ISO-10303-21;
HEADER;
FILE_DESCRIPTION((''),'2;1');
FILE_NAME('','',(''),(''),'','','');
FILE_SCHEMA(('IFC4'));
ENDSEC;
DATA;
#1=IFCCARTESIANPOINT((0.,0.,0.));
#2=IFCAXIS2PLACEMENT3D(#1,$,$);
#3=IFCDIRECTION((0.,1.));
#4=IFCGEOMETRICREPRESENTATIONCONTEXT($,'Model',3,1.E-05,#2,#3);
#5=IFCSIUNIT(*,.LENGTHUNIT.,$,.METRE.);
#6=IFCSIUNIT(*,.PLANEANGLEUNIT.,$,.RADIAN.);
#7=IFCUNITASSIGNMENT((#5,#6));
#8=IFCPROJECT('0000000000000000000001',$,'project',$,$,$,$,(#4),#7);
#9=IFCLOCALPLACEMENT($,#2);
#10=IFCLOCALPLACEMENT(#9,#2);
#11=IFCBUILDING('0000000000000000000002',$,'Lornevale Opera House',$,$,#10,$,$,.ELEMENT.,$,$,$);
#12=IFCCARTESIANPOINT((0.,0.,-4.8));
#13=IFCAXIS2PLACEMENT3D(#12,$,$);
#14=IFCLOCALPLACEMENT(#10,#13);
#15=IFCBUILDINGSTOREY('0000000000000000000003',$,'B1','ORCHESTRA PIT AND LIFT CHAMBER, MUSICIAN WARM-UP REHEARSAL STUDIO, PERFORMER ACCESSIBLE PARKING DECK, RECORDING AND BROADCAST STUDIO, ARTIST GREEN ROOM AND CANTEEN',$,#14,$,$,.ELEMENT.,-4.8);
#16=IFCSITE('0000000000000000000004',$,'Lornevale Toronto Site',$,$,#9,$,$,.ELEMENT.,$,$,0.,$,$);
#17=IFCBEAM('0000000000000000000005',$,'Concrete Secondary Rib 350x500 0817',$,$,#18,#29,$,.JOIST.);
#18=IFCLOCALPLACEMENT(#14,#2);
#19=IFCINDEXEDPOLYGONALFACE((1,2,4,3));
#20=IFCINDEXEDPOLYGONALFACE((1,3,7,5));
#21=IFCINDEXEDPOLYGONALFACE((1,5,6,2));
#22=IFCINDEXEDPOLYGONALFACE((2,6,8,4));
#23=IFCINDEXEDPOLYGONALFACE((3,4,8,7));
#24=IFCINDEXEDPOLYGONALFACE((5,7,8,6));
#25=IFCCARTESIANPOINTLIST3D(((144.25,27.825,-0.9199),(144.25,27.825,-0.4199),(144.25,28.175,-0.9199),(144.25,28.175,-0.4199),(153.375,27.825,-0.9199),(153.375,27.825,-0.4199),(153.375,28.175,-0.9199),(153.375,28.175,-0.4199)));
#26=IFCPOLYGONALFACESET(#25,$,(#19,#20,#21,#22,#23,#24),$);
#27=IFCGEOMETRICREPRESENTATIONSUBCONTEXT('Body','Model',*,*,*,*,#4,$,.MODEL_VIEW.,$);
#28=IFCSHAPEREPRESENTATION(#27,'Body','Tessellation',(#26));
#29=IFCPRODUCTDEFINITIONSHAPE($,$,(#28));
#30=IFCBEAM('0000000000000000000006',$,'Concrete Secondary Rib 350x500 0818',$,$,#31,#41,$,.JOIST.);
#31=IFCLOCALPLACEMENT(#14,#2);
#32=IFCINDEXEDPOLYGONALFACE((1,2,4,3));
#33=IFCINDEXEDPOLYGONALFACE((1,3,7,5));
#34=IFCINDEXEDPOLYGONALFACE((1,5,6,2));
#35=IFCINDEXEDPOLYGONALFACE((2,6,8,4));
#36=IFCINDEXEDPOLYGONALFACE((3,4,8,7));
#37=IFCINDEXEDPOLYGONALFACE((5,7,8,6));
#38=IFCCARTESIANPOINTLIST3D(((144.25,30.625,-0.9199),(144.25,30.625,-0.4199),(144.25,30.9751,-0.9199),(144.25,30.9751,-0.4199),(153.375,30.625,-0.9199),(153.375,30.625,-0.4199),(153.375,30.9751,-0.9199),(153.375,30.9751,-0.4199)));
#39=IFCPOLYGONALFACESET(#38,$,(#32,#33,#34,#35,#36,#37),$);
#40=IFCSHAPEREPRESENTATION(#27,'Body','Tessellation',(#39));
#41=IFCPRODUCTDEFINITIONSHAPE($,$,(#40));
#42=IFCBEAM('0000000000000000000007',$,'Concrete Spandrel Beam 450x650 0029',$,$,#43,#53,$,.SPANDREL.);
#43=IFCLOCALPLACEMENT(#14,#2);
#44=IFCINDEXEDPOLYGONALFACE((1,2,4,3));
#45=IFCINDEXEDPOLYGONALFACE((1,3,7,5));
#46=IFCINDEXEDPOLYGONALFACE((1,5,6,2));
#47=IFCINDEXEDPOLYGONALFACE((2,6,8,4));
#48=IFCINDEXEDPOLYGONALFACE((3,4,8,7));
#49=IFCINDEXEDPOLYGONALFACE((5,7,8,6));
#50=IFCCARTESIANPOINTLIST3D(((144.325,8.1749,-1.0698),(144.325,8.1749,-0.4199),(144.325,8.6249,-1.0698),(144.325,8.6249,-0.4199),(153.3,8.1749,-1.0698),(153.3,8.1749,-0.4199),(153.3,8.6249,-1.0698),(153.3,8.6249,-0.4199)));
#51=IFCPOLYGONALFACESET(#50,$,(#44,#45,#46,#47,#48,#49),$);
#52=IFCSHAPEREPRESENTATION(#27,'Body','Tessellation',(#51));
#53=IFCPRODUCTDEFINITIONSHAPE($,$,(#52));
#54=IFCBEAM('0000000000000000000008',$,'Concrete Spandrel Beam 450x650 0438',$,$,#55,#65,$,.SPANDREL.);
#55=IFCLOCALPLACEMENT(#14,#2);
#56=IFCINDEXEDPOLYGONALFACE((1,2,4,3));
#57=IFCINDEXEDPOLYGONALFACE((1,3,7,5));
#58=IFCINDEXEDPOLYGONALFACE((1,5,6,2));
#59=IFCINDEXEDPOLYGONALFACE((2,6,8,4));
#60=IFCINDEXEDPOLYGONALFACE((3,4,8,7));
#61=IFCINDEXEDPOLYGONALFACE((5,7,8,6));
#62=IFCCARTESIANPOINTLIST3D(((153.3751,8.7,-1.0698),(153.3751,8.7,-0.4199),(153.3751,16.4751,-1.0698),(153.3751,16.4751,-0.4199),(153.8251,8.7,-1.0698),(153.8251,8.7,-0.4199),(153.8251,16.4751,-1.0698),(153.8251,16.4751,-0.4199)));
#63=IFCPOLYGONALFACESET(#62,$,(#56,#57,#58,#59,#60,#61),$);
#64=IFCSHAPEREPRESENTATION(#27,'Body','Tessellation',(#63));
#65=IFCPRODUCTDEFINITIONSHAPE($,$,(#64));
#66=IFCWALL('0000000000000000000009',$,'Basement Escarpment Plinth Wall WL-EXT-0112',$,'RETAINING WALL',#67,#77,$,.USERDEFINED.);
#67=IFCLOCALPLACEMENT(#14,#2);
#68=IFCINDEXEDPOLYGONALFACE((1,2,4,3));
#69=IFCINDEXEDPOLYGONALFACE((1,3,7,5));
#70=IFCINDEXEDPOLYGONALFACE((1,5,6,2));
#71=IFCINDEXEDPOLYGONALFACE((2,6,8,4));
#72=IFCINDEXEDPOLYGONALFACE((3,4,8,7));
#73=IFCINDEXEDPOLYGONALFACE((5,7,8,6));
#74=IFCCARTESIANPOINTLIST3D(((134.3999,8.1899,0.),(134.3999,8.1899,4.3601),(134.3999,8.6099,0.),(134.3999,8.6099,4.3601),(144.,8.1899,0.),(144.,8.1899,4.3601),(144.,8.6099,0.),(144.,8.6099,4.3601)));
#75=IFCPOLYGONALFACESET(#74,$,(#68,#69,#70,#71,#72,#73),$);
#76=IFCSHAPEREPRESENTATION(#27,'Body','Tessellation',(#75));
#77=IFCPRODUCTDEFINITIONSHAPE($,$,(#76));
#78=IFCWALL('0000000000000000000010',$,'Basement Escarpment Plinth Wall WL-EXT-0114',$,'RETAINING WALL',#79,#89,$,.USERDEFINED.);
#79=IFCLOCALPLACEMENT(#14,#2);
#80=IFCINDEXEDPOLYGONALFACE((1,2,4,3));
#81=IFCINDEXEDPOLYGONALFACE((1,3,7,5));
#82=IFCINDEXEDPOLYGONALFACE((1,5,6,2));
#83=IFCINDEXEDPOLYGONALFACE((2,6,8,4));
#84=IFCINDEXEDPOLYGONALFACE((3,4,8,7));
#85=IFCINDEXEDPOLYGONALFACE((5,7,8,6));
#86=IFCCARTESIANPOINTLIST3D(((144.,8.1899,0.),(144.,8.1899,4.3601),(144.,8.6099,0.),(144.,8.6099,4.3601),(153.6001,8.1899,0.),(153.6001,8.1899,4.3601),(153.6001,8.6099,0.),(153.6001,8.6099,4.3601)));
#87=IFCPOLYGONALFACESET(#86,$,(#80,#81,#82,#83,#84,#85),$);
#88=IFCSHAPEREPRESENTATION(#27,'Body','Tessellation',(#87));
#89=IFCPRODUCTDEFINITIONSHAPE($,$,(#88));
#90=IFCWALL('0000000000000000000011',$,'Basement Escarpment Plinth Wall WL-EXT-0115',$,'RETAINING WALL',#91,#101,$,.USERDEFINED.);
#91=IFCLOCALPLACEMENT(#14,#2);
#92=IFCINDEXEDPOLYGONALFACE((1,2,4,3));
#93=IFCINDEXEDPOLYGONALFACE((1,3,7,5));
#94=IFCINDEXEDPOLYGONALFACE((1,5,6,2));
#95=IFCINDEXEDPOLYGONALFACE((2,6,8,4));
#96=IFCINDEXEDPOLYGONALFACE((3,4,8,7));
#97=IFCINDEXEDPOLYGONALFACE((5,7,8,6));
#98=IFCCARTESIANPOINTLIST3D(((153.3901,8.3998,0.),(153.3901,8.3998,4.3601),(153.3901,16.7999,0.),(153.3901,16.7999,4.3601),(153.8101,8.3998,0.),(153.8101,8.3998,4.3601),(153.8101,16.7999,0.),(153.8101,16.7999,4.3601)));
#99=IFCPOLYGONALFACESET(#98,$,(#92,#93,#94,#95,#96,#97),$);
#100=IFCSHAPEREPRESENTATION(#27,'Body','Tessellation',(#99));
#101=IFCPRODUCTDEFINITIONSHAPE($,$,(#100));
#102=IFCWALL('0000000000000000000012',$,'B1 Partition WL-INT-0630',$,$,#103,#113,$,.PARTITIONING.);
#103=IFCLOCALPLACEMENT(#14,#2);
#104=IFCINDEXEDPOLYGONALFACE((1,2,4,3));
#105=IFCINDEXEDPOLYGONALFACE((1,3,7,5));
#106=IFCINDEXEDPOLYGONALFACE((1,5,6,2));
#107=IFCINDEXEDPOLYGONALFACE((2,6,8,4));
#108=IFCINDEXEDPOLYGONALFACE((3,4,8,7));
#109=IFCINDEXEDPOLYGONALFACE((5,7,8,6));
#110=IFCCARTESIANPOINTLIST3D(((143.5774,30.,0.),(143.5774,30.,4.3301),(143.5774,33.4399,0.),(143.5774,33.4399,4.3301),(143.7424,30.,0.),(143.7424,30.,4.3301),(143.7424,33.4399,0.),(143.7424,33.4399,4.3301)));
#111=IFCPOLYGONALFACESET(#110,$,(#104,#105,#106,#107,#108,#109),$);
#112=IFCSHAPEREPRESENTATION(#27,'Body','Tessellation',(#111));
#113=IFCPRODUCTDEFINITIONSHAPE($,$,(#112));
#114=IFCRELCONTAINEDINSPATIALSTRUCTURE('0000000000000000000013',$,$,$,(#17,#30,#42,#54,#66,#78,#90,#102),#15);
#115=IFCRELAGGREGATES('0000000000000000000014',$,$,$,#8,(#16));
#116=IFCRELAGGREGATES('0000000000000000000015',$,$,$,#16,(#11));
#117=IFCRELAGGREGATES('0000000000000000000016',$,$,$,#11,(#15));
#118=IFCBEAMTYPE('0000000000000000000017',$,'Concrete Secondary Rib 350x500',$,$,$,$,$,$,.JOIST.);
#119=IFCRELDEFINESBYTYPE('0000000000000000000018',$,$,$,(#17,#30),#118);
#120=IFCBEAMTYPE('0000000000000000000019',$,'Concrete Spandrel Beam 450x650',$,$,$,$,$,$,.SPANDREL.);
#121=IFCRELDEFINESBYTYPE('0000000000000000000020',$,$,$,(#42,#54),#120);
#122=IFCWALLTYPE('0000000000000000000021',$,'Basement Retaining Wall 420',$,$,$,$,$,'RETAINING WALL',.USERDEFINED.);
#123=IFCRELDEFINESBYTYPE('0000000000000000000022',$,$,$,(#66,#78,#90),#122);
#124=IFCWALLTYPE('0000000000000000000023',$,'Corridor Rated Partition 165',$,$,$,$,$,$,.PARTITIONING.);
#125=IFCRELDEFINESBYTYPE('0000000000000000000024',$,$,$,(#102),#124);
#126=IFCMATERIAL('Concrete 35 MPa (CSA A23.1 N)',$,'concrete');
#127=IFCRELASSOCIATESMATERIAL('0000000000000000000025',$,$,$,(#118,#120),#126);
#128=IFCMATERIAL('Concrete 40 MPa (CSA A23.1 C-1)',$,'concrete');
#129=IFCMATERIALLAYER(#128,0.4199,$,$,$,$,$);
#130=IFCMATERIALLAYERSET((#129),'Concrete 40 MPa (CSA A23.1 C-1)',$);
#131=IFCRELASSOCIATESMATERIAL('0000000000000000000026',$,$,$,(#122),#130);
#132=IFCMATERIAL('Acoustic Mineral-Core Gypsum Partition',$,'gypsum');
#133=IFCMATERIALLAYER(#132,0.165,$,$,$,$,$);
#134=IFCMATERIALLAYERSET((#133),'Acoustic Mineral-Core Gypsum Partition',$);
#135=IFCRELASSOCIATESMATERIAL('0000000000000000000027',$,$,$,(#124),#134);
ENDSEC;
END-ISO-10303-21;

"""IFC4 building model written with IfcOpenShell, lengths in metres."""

from ifc_helpers import new_model, si_unit, direction, frame, frame_2d, origin, origin_2d, place, context, subcontext, project, spatial, rectangle, extrude, material, layer, layer_set, material_profile, profile_set, type_object, element, save


model = new_model("IFC4")

# Units and contexts
model_context = context("Model", 3, precision=1e-05, world=origin(), true_north=direction((0.0, 1.0)))
body_context = subcontext(model_context, "Body", "Model", "MODEL_VIEW")
ifc_project = project(units=[si_unit("LENGTHUNIT", "METRE"), si_unit("PLANEANGLEUNIT", "RADIAN")], contexts=[model_context])

# Site, building, storey
site_placement = place(None, origin())
site = spatial("IfcSite", under=ifc_project, at=site_placement, Name="Lornevale Toronto Site", CompositionType="ELEMENT", RefElevation=0.0)
building_placement = place(site_placement, origin())
building = spatial("IfcBuilding", under=site, at=building_placement, Name="Lornevale Opera House", CompositionType="ELEMENT")
storey_placement = place(building_placement, frame((0.0, 0.0, -4.8)))
storey = spatial("IfcBuildingStorey", under=building, at=storey_placement, Name="B1", Description="ORCHESTRA PIT AND LIFT CHAMBER, MUSICIAN WARM-UP REHEARSAL STUDIO, PERFORMER ACCESSIBLE PARKING DECK, RECORDING AND BROADCAST STUDIO, ARTIST GREEN ROOM AND CANTEEN", CompositionType="ELEMENT", Elevation=-4.8)

# Shared definitions
ifc_material_1 = material(Name="Concrete 40 MPa (CSA A23.1 C-1)", Category="concrete")

# Beams
ifc_material_2 = material(Name="Concrete 35 MPa (CSA A23.1 N)", Category="concrete")
ifc_material_profile_1 = material_profile(ifc_material_2, rectangle(XDim=0.3501, YDim=0.5, at=origin_2d()), Name="RC350x500")
ifc_profile_set_1 = profile_set([ifc_material_profile_1], Name="Concrete 35 MPa (CSA A23.1 N)")
beam_type_1 = type_object("IfcBeamType", Name="Concrete Secondary Rib 350x500", PredefinedType="JOIST", material=ifc_profile_set_1)
for number, where, z_axis, x_axis, name in (
    (1, (144.25, 28.0, -0.6699), (1.0, 0.0, 0.0), (0.0, 1.0, 0.0), "Concrete Secondary Rib 350x500 0817"),
    (2, (144.25, 30.8, -0.6699), (1.0, 0.0, 0.0), (0.0, 1.0, 0.0), "Concrete Secondary Rib 350x500 0818"),
):
    element("IfcBeam", number, at=place(storey_placement, frame(where, z_axis=z_axis, x_axis=x_axis)), inside=storey, type_object=beam_type_1, Name=name, PredefinedType="JOIST", context=body_context, shape_type="SweptSolid", body=[
        extrude(rectangle(XDim=0.3501, YDim=0.5, at=origin_2d()), origin(), (0.0, 0.0, 1.0), 9.125),
    ])
ifc_material_profile_2 = material_profile(ifc_material_2, rectangle(XDim=0.45, YDim=0.6499, at=origin_2d()), Name="RC450x650")
ifc_profile_set_2 = profile_set([ifc_material_profile_2], Name="Concrete 35 MPa (CSA A23.1 N)")
beam_type_2 = type_object("IfcBeamType", Name="Concrete Spandrel Beam 450x650", PredefinedType="SPANDREL", material=ifc_profile_set_2)
beam_1_placement = place(storey_placement, frame((144.325, 8.3999, -0.7449), z_axis=(1.0, 0.0, 0.0), x_axis=(0.0, 1.0, 0.0)))
element("IfcBeam", 3, at=beam_1_placement, inside=storey, type_object=beam_type_2, Name="Concrete Spandrel Beam 450x650 0029", PredefinedType="SPANDREL", context=body_context, shape_type="SweptSolid", body=[
    extrude(rectangle(XDim=0.45, YDim=0.6499, at=origin_2d()), origin(), (0.0, 0.0, 1.0), 8.9751),
])
beam_2_placement = place(storey_placement, frame((153.6001, 8.7, -0.7449), z_axis=(0.0, 1.0, 0.0), x_axis=(-1.0, 0.0, 0.0)))
element("IfcBeam", 4, at=beam_2_placement, inside=storey, type_object=beam_type_2, Name="Concrete Spandrel Beam 450x650 0438", PredefinedType="SPANDREL", context=body_context, shape_type="SweptSolid", body=[
    extrude(rectangle(XDim=0.45, YDim=0.6499, at=origin_2d()), origin(), (0.0, 0.0, 1.0), 7.7751),
])

# Walls
ifc_layer_1 = layer(ifc_material_1, 0.4199)
ifc_layer_set_1 = layer_set([ifc_layer_1], Name="Concrete 40 MPa (CSA A23.1 C-1)")
wall_type_1 = type_object("IfcWallType", Name="Basement Retaining Wall 420", ElementType="RETAINING WALL", PredefinedType="USERDEFINED", material=ifc_layer_set_1)
for number, where, z_axis, x_axis, name in (
    (5, (144.0, 8.3999, 0.0), (0.0, 0.0, 1.0), (-1.0, 0.0, 0.0), "Basement Escarpment Plinth Wall WL-EXT-0112"),
    (6, (153.6001, 8.3999, 0.0), (0.0, 0.0, 1.0), (-1.0, 0.0, 0.0), "Basement Escarpment Plinth Wall WL-EXT-0114"),
):
    element("IfcWall", number, at=place(storey_placement, frame(where, z_axis=z_axis, x_axis=x_axis)), inside=storey, type_object=wall_type_1, Name=name, ObjectType="RETAINING WALL", PredefinedType="USERDEFINED", context=body_context, shape_type="SweptSolid", body=[
        extrude(rectangle(XDim=9.6001, YDim=0.4199, at=frame_2d((4.8, 0.0))), origin(), (0.0, 0.0, 1.0), 4.3601),
    ])
wall_1_placement = place(storey_placement, frame((153.6001, 16.8, 0.0), z_axis=(0.0, 0.0, 1.0), x_axis=(0.0, -1.0, 0.0)))
element("IfcWall", 7, at=wall_1_placement, inside=storey, type_object=wall_type_1, Name="Basement Escarpment Plinth Wall WL-EXT-0115", ObjectType="RETAINING WALL", PredefinedType="USERDEFINED", context=body_context, shape_type="SweptSolid", body=[
    extrude(rectangle(XDim=8.4001, YDim=0.4199, at=frame_2d((4.2002, 0.0))), origin(), (0.0, 0.0, 1.0), 4.3601),
])
ifc_material_3 = material(Name="Acoustic Mineral-Core Gypsum Partition", Category="gypsum")
ifc_layer_2 = layer(ifc_material_3, 0.165)
ifc_layer_set_2 = layer_set([ifc_layer_2], Name="Acoustic Mineral-Core Gypsum Partition")
wall_type_2 = type_object("IfcWallType", Name="Corridor Rated Partition 165", PredefinedType="PARTITIONING", material=ifc_layer_set_2)
wall_2_placement = place(storey_placement, frame((143.6599, 30.0, 0.0), z_axis=(0.0, 0.0, 1.0), x_axis=(0.0, 1.0, 0.0)))
element("IfcWall", 8, at=wall_2_placement, inside=storey, type_object=wall_type_2, Name="B1 Partition WL-INT-0630", PredefinedType="PARTITIONING", context=body_context, shape_type="SweptSolid", body=[
    extrude(rectangle(XDim=3.4399, YDim=0.165, at=frame_2d((1.72, 0.0))), origin(), (0.0, 0.0, 1.0), 4.3301),
])

save(model, "model.ifc")
